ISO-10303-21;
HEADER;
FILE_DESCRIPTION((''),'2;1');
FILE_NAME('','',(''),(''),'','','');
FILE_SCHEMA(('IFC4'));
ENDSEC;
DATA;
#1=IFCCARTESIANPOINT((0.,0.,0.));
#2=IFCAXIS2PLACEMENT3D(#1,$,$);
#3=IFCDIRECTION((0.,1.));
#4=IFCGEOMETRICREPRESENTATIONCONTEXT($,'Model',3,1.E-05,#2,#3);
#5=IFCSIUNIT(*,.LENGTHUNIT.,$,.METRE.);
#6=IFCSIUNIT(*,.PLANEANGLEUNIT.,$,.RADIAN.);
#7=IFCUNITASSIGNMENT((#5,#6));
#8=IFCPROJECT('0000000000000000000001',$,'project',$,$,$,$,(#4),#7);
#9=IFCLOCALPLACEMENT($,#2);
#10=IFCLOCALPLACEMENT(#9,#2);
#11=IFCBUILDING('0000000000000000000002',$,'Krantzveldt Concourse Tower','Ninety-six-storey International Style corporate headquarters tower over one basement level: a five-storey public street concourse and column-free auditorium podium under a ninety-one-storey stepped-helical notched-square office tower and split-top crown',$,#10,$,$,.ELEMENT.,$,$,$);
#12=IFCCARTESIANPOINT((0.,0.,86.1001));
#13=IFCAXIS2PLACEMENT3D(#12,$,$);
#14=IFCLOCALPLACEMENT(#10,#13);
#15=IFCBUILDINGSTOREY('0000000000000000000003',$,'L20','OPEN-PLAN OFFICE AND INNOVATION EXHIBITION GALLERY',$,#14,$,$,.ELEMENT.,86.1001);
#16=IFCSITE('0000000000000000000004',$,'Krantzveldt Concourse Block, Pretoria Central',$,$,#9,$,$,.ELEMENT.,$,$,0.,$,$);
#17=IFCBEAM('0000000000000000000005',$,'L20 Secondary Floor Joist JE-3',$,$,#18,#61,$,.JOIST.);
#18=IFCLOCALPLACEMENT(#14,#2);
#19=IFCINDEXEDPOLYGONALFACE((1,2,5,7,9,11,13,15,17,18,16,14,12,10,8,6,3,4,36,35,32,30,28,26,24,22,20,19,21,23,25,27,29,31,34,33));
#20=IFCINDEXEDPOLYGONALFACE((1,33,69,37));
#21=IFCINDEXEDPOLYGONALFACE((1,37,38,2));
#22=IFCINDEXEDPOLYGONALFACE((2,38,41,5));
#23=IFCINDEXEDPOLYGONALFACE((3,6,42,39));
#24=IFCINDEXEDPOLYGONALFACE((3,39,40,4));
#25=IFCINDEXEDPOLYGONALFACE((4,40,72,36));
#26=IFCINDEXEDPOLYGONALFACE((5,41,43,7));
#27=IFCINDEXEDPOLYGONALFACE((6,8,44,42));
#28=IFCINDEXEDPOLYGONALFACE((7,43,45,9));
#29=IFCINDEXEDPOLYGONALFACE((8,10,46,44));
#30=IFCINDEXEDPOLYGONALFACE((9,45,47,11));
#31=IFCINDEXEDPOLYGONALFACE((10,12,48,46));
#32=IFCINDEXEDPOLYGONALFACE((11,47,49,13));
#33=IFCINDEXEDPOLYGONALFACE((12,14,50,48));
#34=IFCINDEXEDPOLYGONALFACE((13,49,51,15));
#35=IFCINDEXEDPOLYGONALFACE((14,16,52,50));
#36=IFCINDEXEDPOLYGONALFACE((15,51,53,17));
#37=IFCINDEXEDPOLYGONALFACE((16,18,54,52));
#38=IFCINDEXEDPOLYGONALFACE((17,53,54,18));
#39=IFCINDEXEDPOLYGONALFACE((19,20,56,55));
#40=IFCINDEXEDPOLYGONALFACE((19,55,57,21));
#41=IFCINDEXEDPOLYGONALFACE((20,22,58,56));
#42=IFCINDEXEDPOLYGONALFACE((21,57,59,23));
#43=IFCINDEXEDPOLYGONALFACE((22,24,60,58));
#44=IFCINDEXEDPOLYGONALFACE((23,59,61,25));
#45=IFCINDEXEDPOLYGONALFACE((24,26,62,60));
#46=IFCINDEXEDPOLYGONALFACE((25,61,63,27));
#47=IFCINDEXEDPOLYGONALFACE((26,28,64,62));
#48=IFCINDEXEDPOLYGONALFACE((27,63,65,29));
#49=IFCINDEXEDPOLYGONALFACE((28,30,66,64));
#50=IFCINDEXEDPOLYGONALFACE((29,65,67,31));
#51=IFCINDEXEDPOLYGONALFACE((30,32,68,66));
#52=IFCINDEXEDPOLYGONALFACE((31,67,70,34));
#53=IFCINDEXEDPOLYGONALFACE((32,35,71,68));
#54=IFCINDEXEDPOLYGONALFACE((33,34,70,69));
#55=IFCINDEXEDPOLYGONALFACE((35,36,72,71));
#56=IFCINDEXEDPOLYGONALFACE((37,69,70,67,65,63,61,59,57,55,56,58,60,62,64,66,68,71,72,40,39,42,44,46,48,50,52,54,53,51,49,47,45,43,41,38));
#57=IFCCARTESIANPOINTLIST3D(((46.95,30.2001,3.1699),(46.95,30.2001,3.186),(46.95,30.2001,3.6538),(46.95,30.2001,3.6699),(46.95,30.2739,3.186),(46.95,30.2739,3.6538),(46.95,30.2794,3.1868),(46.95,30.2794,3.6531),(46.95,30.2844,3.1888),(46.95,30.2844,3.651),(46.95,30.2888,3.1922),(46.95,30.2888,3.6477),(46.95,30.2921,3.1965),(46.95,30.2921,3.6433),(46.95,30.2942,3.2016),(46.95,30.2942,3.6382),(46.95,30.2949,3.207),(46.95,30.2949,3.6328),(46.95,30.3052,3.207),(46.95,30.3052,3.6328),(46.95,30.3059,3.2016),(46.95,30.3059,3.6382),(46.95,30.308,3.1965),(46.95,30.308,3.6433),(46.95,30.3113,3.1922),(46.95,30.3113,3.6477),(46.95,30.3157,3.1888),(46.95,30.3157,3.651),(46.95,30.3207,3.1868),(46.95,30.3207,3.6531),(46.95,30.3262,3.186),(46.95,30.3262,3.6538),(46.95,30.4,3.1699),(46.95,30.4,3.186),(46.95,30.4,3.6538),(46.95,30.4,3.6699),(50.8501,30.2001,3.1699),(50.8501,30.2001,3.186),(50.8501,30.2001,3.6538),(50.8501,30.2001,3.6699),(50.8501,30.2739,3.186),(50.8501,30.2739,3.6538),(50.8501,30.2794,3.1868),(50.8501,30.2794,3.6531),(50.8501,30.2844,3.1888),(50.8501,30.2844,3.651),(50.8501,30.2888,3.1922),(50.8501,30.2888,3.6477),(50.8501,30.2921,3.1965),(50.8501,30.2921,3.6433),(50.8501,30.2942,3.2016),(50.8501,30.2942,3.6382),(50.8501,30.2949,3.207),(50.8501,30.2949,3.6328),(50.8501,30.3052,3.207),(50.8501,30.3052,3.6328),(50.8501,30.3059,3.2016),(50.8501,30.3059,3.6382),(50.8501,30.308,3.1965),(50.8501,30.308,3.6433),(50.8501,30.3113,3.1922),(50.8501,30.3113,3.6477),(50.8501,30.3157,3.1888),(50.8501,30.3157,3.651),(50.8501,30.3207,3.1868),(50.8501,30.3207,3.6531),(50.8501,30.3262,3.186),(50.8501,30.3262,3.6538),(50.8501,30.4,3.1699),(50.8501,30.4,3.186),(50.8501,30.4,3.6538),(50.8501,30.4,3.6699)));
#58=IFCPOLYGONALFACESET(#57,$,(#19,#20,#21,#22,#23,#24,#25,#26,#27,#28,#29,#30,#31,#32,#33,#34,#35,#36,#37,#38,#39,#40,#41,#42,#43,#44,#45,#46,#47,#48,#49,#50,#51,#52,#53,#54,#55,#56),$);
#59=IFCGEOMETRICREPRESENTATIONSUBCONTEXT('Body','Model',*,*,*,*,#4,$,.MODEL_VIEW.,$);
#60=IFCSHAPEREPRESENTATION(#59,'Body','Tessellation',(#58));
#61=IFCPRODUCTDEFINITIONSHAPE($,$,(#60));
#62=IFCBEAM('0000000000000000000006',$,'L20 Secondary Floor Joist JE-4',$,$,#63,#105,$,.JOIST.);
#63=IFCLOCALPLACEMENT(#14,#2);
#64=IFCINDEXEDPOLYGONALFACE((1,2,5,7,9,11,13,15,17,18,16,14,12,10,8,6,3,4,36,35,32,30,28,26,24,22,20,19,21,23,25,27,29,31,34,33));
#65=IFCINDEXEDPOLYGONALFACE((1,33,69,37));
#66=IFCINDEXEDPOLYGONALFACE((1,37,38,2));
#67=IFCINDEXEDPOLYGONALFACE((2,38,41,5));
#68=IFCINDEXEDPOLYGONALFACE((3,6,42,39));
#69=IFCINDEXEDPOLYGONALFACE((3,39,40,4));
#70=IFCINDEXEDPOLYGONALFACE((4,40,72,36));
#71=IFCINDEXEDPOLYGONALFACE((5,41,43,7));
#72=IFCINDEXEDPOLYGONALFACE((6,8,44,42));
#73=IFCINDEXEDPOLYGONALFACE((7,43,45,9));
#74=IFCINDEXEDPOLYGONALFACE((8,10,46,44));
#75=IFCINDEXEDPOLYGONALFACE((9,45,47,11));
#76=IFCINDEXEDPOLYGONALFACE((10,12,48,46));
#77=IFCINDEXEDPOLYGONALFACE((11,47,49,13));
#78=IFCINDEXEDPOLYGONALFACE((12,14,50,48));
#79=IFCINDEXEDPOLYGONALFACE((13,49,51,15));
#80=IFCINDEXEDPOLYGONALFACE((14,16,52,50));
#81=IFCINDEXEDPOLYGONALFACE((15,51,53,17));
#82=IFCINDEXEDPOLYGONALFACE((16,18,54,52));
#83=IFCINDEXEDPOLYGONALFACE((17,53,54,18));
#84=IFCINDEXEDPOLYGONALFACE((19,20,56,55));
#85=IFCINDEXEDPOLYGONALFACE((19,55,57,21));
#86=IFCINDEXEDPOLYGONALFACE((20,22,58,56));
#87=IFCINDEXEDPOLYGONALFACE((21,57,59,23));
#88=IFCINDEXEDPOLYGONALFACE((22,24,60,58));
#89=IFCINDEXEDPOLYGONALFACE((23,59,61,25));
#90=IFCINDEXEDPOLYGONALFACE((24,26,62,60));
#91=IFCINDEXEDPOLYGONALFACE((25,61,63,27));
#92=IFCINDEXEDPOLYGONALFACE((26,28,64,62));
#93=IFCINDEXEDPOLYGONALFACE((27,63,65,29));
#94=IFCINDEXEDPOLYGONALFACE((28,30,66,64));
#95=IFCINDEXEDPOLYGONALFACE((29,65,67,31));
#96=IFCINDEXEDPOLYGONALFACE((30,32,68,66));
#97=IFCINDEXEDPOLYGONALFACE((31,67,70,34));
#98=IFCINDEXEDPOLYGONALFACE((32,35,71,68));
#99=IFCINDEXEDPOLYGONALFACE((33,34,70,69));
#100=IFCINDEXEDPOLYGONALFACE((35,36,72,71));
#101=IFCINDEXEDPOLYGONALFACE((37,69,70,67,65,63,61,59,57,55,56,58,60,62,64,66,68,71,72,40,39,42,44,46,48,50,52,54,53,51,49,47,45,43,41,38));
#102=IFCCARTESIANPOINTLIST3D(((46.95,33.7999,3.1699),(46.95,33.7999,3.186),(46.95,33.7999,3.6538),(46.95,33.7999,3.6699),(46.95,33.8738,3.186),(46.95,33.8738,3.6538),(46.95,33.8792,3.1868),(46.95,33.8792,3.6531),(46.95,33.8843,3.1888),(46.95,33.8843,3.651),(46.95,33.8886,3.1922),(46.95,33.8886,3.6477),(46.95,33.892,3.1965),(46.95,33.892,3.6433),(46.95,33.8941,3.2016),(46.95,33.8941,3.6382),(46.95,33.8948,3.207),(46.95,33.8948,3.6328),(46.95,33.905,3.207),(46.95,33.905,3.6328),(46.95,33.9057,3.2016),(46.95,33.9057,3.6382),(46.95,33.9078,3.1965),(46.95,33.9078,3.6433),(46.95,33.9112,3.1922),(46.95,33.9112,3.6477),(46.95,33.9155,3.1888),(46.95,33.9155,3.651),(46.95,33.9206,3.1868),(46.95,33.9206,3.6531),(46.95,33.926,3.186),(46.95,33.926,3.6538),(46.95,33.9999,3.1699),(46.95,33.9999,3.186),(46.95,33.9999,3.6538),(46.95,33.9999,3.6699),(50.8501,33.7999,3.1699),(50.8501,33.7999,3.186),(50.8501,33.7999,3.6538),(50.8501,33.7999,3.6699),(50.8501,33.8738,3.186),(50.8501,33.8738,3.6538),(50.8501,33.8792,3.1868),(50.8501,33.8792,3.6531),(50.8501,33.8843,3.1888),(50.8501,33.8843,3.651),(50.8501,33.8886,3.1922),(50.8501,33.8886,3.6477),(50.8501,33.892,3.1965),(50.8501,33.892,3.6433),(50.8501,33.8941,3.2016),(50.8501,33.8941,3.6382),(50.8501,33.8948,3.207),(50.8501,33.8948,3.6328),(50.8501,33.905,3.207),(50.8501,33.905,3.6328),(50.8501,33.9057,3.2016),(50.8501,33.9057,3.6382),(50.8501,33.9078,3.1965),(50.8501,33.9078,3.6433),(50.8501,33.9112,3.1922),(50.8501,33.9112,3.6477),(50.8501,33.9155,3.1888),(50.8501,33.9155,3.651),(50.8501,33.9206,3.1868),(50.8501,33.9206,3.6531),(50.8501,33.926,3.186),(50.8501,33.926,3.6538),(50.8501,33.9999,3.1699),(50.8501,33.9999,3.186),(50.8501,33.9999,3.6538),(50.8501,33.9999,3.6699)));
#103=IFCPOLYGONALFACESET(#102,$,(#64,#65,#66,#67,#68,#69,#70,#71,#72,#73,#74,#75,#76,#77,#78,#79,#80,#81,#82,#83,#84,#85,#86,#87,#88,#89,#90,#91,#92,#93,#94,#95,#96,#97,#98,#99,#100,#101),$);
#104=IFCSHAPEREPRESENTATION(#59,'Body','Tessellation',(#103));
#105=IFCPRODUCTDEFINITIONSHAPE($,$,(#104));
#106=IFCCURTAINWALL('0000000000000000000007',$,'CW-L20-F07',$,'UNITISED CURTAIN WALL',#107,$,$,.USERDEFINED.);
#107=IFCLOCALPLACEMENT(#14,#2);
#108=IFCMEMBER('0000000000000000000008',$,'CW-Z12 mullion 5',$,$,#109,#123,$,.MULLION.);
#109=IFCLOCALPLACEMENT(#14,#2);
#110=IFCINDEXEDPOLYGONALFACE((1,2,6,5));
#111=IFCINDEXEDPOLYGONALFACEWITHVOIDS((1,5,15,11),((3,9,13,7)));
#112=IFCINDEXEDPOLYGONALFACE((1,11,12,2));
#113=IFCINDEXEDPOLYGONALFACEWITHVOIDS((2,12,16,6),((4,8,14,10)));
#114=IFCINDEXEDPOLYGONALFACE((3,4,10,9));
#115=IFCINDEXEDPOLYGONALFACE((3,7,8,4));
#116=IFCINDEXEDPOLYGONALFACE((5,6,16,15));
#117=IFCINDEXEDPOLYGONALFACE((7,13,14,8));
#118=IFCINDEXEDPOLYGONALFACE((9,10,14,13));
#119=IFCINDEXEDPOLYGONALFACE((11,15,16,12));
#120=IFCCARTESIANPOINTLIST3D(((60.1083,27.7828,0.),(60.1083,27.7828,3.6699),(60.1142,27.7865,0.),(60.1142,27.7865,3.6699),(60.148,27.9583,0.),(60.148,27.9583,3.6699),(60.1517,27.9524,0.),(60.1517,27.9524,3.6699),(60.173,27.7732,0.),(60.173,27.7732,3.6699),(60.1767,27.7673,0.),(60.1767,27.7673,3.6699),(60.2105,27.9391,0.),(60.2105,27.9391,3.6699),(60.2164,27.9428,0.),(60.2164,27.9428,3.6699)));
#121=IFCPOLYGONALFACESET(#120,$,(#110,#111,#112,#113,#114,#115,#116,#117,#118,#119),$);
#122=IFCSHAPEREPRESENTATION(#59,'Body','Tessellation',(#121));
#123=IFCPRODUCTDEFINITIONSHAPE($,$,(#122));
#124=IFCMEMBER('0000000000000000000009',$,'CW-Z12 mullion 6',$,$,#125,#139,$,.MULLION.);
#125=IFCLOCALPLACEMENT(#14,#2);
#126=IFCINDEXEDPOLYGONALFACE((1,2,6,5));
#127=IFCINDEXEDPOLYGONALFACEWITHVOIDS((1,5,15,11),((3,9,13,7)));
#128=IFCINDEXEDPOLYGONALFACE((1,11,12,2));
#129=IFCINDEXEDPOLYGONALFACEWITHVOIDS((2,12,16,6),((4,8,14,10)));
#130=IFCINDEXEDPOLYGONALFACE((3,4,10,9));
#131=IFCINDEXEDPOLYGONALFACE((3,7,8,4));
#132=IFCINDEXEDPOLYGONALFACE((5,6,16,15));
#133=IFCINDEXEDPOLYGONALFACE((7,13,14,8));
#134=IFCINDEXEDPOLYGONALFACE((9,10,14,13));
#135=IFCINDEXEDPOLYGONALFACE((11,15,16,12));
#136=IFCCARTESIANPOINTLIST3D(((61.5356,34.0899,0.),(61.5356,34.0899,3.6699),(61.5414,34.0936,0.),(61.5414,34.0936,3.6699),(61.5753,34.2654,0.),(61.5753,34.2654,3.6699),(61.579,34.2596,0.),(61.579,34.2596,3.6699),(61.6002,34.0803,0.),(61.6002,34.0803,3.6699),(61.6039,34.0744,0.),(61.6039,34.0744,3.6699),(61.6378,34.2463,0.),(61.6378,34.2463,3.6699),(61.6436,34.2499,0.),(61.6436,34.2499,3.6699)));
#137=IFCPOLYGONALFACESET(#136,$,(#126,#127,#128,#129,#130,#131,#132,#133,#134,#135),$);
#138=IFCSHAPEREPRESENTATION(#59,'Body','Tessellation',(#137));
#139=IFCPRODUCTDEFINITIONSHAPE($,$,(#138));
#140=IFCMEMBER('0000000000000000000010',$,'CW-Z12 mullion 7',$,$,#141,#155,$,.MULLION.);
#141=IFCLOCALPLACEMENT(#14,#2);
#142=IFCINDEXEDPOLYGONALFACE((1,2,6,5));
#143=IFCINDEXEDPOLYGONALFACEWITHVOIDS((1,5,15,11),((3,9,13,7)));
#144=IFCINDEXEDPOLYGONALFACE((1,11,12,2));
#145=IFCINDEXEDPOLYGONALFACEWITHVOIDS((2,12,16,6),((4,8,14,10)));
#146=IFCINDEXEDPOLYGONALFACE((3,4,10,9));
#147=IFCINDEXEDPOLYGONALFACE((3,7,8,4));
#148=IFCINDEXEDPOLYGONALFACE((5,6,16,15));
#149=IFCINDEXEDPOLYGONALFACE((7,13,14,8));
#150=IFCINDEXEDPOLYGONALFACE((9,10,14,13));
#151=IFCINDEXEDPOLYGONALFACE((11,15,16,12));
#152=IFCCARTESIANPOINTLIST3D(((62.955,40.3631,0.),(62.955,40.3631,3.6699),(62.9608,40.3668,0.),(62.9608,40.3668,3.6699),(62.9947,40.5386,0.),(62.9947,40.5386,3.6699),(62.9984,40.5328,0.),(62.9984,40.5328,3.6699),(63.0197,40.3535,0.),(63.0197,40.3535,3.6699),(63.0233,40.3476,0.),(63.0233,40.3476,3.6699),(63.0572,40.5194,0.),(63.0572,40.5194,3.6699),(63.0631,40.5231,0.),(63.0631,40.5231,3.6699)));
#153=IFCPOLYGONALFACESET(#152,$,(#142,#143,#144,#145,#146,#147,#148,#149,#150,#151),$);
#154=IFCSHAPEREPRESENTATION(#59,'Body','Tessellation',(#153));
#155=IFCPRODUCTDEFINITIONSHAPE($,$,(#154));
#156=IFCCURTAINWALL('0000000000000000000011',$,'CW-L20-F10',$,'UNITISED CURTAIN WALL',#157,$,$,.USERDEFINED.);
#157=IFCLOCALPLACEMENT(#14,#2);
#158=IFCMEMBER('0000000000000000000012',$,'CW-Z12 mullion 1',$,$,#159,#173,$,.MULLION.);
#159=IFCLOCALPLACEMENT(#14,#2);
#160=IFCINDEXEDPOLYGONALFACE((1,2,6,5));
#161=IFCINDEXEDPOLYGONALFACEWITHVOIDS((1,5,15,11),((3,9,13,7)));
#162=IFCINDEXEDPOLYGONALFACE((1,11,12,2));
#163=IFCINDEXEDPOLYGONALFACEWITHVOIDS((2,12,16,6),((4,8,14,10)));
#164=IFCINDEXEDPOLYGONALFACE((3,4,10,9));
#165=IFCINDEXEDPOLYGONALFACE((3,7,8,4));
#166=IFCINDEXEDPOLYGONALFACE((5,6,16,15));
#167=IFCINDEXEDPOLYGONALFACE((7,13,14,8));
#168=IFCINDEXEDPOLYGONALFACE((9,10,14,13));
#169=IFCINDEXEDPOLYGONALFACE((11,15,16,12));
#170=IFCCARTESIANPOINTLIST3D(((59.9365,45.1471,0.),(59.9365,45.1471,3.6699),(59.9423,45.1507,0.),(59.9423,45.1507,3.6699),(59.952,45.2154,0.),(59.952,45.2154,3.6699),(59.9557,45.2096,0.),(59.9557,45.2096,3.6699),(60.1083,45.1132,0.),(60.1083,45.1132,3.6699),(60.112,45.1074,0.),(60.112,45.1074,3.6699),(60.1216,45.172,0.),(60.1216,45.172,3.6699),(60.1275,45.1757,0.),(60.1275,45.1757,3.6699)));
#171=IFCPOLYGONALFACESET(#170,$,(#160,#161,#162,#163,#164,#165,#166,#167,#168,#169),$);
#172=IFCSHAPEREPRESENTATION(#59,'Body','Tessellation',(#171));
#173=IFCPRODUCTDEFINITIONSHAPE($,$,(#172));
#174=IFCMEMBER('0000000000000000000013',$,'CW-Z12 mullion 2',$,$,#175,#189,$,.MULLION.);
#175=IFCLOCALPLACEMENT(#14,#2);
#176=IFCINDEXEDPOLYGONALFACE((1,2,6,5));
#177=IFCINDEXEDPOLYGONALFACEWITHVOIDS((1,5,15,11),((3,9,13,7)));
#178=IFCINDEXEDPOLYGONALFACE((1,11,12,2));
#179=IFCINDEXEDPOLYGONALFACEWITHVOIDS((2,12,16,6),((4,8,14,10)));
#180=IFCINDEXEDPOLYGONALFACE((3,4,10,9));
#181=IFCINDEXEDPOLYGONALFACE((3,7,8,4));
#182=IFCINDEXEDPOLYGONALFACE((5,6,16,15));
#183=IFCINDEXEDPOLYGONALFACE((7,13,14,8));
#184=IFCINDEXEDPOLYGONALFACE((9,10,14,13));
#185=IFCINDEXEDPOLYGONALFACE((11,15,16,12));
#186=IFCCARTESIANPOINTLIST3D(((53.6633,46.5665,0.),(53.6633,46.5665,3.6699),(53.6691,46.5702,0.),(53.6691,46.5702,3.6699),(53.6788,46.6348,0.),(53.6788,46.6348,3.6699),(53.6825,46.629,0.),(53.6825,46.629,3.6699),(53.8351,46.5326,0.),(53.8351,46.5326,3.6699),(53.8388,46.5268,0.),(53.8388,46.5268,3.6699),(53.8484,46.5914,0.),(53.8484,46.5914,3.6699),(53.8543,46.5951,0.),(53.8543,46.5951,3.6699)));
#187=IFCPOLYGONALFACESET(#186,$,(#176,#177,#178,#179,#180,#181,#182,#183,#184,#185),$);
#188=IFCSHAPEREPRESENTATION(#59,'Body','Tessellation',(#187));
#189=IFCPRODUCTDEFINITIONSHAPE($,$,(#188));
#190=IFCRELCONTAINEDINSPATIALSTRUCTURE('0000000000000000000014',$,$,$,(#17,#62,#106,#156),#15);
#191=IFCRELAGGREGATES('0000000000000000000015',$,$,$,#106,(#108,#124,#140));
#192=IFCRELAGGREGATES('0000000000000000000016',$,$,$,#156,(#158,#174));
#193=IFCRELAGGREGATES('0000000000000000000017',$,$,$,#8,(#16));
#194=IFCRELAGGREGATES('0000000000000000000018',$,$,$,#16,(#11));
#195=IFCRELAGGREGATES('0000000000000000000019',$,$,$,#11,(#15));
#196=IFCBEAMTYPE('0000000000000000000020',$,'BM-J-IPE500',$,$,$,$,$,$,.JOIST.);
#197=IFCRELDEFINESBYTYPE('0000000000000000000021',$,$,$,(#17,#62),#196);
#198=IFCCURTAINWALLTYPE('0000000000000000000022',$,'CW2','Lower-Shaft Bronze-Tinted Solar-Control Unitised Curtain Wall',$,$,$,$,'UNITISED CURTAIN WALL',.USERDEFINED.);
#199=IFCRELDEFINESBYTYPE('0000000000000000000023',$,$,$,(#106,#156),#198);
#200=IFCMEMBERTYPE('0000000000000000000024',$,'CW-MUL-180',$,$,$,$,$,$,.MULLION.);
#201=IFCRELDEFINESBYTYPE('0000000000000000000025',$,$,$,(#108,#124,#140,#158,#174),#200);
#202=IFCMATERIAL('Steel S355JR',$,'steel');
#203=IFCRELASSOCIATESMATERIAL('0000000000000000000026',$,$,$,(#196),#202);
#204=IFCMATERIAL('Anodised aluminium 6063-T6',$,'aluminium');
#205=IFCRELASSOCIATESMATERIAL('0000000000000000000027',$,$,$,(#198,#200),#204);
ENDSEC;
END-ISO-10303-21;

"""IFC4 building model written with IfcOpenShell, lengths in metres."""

from ifc_helpers import new_model, si_unit, direction, frame, origin, origin_2d, place, context, subcontext, project, spatial, hollow_rectangle, i_section, extrude, source, transform, mapped, material, material_profile, profile_set, type_object, type_shapes, element, aggregate, save


model = new_model("IFC4")

# Units and contexts
model_context = context("Model", 3, precision=1e-05, world=origin(), true_north=direction((0.0, 1.0)))
body_context = subcontext(model_context, "Body", "Model", "MODEL_VIEW")
ifc_project = project(units=[si_unit("LENGTHUNIT", "METRE"), si_unit("PLANEANGLEUNIT", "RADIAN")], contexts=[model_context])

# Site, building, storey
site_placement = place(None, origin())
site = spatial("IfcSite", under=ifc_project, at=site_placement, Name="Krantzveldt Concourse Block, Pretoria Central", CompositionType="ELEMENT", RefElevation=0.0)
building_placement = place(site_placement, origin())
building = spatial("IfcBuilding", under=site, at=building_placement, Name="Krantzveldt Concourse Tower", Description="Ninety-six-storey International Style corporate headquarters tower over one basement level: a five-storey public street concourse and column-free auditorium podium under a ninety-one-storey stepped-helical notched-square office tower and split-top crown", CompositionType="ELEMENT")
storey_placement = place(building_placement, frame((0.0, 0.0, 86.1001)))
storey = spatial("IfcBuildingStorey", under=building, at=storey_placement, Name="L20", Description="OPEN-PLAN OFFICE AND INNOVATION EXHIBITION GALLERY", CompositionType="ELEMENT", Elevation=86.1001)

# Beams
ifc_material_1 = material(Name="Steel S355JR", Category="steel")
ifc_material_profile_1 = material_profile(ifc_material_1, i_section(OverallWidth=0.2, OverallDepth=0.5, WebThickness=0.0103, FlangeThickness=0.0161, FilletRadius=0.021, at=origin_2d()), Name="Steel S355JR", Category="steel")
ifc_profile_set_1 = profile_set([ifc_material_profile_1], Name="Steel S355JR - IPE 500")
beam_type_1 = type_object("IfcBeamType", Name="BM-J-IPE500", PredefinedType="JOIST", material=ifc_profile_set_1)
shared_shape_1 = source(origin(), body_context, "Body", "SweptSolid", [
    extrude(i_section(OverallWidth=0.2, OverallDepth=0.5, WebThickness=0.0103, FlangeThickness=0.0161, FilletRadius=0.021, at=origin_2d()), origin(), (0.0, 0.0, 1.0), 3.9001),
])
type_shapes(beam_type_1, [shared_shape_1])
for number, where, z_axis, x_axis, name in (
    (1, (46.95, 30.3, 3.4199), (1.0, 0.0, 0.0), (0.0, 1.0, 0.0), "L20 Secondary Floor Joist JE-3"),
    (2, (46.95, 33.8999, 3.4199), (1.0, 0.0, 0.0), (0.0, 1.0, 0.0), "L20 Secondary Floor Joist JE-4"),
):
    element("IfcBeam", number, at=place(storey_placement, frame(where, z_axis=z_axis, x_axis=x_axis)), inside=storey, type_object=beam_type_1, Name=name, PredefinedType="JOIST", context=body_context, shape_type="MappedRepresentation", body=[
        mapped(shared_shape_1, transform((0.0, 0.0, 0.0), x_axis=(1.0, 0.0, 0.0), y_axis=(0.0, 1.0, 0.0), z_axis=(0.0, 0.0, 1.0), scale=1.0)),
    ])

# Curtain walls, members
ifc_material_2 = material(Name="Anodised aluminium 6063-T6", Category="aluminium")
curtain_wall_type = type_object("IfcCurtainWallType", Name="CW2", Description="Lower-Shaft Bronze-Tinted Solar-Control Unitised Curtain Wall", ElementType="UNITISED CURTAIN WALL", PredefinedType="USERDEFINED", material=ifc_material_2)
curtain_wall_1_placement = place(storey_placement, origin())
curtain_wall_1 = element("IfcCurtainWall", 3, at=curtain_wall_1_placement, inside=storey, type_object=curtain_wall_type, Name="CW-L20-F07", ObjectType="UNITISED CURTAIN WALL", PredefinedType="USERDEFINED")
ifc_material_profile_2 = material_profile(ifc_material_2, hollow_rectangle(XDim=0.0701, YDim=0.1799, WallThickness=0.0049, at=origin_2d()), Name="Anodised aluminium 6063-T6", Category="aluminium")
ifc_profile_set_2 = profile_set([ifc_material_profile_2], Name="Anodised aluminium 6063-T6 - ALU-MULL 180x70x5")
member_type_1 = type_object("IfcMemberType", Name="CW-MUL-180", PredefinedType="MULLION", material=ifc_profile_set_2)
shared_shape_2 = source(origin(), body_context, "Body", "SweptSolid", [
    extrude(hollow_rectangle(XDim=0.0701, YDim=0.1799, WallThickness=0.0049, at=origin_2d()), origin(), (0.0, 0.0, 1.0), 3.6699),
])
type_shapes(member_type_1, [shared_shape_2])
member_1_placement = place(storey_placement, frame((60.1624, 27.8628, 0.0), z_axis=(0.0, 0.0, 1.0), x_axis=(-0.975342, 0.220697, 0.0)))
member_1 = element("IfcMember", 4, at=member_1_placement, type_object=member_type_1, Name="CW-Z12 mullion 5", PredefinedType="MULLION", context=body_context, shape_type="MappedRepresentation", body=[
    mapped(shared_shape_2, transform((0.0, 0.0, 0.0), x_axis=(1.0, 0.0, 0.0), y_axis=(0.0, 1.0, 0.0), z_axis=(0.0, 0.0, 1.0), scale=1.0)),
])
member_2_placement = place(storey_placement, frame((61.5896, 34.1699, 0.0), z_axis=(0.0, 0.0, 1.0), x_axis=(-0.975342, 0.220697, 0.0)))
member_2 = element("IfcMember", 5, at=member_2_placement, type_object=member_type_1, Name="CW-Z12 mullion 6", PredefinedType="MULLION", context=body_context, shape_type="MappedRepresentation", body=[
    mapped(shared_shape_2, transform((0.0, 0.0, 0.0), x_axis=(1.0, 0.0, 0.0), y_axis=(0.0, 1.0, 0.0), z_axis=(0.0, 0.0, 1.0), scale=1.0)),
])
member_3_placement = place(storey_placement, frame((63.009, 40.4431, 0.0), z_axis=(0.0, 0.0, 1.0), x_axis=(-0.975342, 0.220697, 0.0)))
member_3 = element("IfcMember", 6, at=member_3_placement, type_object=member_type_1, Name="CW-Z12 mullion 7", PredefinedType="MULLION", context=body_context, shape_type="MappedRepresentation", body=[
    mapped(shared_shape_2, transform((0.0, 0.0, 0.0), x_axis=(1.0, 0.0, 0.0), y_axis=(0.0, 1.0, 0.0), z_axis=(0.0, 0.0, 1.0), scale=1.0)),
])
curtain_wall_2_placement = place(storey_placement, origin())
curtain_wall_2 = element("IfcCurtainWall", 7, at=curtain_wall_2_placement, inside=storey, type_object=curtain_wall_type, Name="CW-L20-F10", ObjectType="UNITISED CURTAIN WALL", PredefinedType="USERDEFINED")
member_4_placement = place(storey_placement, frame((60.032, 45.1614, 0.0), z_axis=(0.0, 0.0, 1.0), x_axis=(-0.220697, -0.975342, 0.0)))
member_4 = element("IfcMember", 8, at=member_4_placement, type_object=member_type_1, Name="CW-Z12 mullion 1", PredefinedType="MULLION", context=body_context, shape_type="MappedRepresentation", body=[
    mapped(shared_shape_2, transform((0.0, 0.0, 0.0), x_axis=(1.0, 0.0, 0.0), y_axis=(0.0, 1.0, 0.0), z_axis=(0.0, 0.0, 1.0), scale=1.0)),
])
member_5_placement = place(storey_placement, frame((53.7588, 46.5808, 0.0), z_axis=(0.0, 0.0, 1.0), x_axis=(-0.220697, -0.975342, 0.0)))
member_5 = element("IfcMember", 9, at=member_5_placement, type_object=member_type_1, Name="CW-Z12 mullion 2", PredefinedType="MULLION", context=body_context, shape_type="MappedRepresentation", body=[
    mapped(shared_shape_2, transform((0.0, 0.0, 0.0), x_axis=(1.0, 0.0, 0.0), y_axis=(0.0, 1.0, 0.0), z_axis=(0.0, 0.0, 1.0), scale=1.0)),
])

aggregate(curtain_wall_1, [member_1, member_2, member_3])
aggregate(curtain_wall_2, [member_4, member_5])

save(model, "model.ifc")
